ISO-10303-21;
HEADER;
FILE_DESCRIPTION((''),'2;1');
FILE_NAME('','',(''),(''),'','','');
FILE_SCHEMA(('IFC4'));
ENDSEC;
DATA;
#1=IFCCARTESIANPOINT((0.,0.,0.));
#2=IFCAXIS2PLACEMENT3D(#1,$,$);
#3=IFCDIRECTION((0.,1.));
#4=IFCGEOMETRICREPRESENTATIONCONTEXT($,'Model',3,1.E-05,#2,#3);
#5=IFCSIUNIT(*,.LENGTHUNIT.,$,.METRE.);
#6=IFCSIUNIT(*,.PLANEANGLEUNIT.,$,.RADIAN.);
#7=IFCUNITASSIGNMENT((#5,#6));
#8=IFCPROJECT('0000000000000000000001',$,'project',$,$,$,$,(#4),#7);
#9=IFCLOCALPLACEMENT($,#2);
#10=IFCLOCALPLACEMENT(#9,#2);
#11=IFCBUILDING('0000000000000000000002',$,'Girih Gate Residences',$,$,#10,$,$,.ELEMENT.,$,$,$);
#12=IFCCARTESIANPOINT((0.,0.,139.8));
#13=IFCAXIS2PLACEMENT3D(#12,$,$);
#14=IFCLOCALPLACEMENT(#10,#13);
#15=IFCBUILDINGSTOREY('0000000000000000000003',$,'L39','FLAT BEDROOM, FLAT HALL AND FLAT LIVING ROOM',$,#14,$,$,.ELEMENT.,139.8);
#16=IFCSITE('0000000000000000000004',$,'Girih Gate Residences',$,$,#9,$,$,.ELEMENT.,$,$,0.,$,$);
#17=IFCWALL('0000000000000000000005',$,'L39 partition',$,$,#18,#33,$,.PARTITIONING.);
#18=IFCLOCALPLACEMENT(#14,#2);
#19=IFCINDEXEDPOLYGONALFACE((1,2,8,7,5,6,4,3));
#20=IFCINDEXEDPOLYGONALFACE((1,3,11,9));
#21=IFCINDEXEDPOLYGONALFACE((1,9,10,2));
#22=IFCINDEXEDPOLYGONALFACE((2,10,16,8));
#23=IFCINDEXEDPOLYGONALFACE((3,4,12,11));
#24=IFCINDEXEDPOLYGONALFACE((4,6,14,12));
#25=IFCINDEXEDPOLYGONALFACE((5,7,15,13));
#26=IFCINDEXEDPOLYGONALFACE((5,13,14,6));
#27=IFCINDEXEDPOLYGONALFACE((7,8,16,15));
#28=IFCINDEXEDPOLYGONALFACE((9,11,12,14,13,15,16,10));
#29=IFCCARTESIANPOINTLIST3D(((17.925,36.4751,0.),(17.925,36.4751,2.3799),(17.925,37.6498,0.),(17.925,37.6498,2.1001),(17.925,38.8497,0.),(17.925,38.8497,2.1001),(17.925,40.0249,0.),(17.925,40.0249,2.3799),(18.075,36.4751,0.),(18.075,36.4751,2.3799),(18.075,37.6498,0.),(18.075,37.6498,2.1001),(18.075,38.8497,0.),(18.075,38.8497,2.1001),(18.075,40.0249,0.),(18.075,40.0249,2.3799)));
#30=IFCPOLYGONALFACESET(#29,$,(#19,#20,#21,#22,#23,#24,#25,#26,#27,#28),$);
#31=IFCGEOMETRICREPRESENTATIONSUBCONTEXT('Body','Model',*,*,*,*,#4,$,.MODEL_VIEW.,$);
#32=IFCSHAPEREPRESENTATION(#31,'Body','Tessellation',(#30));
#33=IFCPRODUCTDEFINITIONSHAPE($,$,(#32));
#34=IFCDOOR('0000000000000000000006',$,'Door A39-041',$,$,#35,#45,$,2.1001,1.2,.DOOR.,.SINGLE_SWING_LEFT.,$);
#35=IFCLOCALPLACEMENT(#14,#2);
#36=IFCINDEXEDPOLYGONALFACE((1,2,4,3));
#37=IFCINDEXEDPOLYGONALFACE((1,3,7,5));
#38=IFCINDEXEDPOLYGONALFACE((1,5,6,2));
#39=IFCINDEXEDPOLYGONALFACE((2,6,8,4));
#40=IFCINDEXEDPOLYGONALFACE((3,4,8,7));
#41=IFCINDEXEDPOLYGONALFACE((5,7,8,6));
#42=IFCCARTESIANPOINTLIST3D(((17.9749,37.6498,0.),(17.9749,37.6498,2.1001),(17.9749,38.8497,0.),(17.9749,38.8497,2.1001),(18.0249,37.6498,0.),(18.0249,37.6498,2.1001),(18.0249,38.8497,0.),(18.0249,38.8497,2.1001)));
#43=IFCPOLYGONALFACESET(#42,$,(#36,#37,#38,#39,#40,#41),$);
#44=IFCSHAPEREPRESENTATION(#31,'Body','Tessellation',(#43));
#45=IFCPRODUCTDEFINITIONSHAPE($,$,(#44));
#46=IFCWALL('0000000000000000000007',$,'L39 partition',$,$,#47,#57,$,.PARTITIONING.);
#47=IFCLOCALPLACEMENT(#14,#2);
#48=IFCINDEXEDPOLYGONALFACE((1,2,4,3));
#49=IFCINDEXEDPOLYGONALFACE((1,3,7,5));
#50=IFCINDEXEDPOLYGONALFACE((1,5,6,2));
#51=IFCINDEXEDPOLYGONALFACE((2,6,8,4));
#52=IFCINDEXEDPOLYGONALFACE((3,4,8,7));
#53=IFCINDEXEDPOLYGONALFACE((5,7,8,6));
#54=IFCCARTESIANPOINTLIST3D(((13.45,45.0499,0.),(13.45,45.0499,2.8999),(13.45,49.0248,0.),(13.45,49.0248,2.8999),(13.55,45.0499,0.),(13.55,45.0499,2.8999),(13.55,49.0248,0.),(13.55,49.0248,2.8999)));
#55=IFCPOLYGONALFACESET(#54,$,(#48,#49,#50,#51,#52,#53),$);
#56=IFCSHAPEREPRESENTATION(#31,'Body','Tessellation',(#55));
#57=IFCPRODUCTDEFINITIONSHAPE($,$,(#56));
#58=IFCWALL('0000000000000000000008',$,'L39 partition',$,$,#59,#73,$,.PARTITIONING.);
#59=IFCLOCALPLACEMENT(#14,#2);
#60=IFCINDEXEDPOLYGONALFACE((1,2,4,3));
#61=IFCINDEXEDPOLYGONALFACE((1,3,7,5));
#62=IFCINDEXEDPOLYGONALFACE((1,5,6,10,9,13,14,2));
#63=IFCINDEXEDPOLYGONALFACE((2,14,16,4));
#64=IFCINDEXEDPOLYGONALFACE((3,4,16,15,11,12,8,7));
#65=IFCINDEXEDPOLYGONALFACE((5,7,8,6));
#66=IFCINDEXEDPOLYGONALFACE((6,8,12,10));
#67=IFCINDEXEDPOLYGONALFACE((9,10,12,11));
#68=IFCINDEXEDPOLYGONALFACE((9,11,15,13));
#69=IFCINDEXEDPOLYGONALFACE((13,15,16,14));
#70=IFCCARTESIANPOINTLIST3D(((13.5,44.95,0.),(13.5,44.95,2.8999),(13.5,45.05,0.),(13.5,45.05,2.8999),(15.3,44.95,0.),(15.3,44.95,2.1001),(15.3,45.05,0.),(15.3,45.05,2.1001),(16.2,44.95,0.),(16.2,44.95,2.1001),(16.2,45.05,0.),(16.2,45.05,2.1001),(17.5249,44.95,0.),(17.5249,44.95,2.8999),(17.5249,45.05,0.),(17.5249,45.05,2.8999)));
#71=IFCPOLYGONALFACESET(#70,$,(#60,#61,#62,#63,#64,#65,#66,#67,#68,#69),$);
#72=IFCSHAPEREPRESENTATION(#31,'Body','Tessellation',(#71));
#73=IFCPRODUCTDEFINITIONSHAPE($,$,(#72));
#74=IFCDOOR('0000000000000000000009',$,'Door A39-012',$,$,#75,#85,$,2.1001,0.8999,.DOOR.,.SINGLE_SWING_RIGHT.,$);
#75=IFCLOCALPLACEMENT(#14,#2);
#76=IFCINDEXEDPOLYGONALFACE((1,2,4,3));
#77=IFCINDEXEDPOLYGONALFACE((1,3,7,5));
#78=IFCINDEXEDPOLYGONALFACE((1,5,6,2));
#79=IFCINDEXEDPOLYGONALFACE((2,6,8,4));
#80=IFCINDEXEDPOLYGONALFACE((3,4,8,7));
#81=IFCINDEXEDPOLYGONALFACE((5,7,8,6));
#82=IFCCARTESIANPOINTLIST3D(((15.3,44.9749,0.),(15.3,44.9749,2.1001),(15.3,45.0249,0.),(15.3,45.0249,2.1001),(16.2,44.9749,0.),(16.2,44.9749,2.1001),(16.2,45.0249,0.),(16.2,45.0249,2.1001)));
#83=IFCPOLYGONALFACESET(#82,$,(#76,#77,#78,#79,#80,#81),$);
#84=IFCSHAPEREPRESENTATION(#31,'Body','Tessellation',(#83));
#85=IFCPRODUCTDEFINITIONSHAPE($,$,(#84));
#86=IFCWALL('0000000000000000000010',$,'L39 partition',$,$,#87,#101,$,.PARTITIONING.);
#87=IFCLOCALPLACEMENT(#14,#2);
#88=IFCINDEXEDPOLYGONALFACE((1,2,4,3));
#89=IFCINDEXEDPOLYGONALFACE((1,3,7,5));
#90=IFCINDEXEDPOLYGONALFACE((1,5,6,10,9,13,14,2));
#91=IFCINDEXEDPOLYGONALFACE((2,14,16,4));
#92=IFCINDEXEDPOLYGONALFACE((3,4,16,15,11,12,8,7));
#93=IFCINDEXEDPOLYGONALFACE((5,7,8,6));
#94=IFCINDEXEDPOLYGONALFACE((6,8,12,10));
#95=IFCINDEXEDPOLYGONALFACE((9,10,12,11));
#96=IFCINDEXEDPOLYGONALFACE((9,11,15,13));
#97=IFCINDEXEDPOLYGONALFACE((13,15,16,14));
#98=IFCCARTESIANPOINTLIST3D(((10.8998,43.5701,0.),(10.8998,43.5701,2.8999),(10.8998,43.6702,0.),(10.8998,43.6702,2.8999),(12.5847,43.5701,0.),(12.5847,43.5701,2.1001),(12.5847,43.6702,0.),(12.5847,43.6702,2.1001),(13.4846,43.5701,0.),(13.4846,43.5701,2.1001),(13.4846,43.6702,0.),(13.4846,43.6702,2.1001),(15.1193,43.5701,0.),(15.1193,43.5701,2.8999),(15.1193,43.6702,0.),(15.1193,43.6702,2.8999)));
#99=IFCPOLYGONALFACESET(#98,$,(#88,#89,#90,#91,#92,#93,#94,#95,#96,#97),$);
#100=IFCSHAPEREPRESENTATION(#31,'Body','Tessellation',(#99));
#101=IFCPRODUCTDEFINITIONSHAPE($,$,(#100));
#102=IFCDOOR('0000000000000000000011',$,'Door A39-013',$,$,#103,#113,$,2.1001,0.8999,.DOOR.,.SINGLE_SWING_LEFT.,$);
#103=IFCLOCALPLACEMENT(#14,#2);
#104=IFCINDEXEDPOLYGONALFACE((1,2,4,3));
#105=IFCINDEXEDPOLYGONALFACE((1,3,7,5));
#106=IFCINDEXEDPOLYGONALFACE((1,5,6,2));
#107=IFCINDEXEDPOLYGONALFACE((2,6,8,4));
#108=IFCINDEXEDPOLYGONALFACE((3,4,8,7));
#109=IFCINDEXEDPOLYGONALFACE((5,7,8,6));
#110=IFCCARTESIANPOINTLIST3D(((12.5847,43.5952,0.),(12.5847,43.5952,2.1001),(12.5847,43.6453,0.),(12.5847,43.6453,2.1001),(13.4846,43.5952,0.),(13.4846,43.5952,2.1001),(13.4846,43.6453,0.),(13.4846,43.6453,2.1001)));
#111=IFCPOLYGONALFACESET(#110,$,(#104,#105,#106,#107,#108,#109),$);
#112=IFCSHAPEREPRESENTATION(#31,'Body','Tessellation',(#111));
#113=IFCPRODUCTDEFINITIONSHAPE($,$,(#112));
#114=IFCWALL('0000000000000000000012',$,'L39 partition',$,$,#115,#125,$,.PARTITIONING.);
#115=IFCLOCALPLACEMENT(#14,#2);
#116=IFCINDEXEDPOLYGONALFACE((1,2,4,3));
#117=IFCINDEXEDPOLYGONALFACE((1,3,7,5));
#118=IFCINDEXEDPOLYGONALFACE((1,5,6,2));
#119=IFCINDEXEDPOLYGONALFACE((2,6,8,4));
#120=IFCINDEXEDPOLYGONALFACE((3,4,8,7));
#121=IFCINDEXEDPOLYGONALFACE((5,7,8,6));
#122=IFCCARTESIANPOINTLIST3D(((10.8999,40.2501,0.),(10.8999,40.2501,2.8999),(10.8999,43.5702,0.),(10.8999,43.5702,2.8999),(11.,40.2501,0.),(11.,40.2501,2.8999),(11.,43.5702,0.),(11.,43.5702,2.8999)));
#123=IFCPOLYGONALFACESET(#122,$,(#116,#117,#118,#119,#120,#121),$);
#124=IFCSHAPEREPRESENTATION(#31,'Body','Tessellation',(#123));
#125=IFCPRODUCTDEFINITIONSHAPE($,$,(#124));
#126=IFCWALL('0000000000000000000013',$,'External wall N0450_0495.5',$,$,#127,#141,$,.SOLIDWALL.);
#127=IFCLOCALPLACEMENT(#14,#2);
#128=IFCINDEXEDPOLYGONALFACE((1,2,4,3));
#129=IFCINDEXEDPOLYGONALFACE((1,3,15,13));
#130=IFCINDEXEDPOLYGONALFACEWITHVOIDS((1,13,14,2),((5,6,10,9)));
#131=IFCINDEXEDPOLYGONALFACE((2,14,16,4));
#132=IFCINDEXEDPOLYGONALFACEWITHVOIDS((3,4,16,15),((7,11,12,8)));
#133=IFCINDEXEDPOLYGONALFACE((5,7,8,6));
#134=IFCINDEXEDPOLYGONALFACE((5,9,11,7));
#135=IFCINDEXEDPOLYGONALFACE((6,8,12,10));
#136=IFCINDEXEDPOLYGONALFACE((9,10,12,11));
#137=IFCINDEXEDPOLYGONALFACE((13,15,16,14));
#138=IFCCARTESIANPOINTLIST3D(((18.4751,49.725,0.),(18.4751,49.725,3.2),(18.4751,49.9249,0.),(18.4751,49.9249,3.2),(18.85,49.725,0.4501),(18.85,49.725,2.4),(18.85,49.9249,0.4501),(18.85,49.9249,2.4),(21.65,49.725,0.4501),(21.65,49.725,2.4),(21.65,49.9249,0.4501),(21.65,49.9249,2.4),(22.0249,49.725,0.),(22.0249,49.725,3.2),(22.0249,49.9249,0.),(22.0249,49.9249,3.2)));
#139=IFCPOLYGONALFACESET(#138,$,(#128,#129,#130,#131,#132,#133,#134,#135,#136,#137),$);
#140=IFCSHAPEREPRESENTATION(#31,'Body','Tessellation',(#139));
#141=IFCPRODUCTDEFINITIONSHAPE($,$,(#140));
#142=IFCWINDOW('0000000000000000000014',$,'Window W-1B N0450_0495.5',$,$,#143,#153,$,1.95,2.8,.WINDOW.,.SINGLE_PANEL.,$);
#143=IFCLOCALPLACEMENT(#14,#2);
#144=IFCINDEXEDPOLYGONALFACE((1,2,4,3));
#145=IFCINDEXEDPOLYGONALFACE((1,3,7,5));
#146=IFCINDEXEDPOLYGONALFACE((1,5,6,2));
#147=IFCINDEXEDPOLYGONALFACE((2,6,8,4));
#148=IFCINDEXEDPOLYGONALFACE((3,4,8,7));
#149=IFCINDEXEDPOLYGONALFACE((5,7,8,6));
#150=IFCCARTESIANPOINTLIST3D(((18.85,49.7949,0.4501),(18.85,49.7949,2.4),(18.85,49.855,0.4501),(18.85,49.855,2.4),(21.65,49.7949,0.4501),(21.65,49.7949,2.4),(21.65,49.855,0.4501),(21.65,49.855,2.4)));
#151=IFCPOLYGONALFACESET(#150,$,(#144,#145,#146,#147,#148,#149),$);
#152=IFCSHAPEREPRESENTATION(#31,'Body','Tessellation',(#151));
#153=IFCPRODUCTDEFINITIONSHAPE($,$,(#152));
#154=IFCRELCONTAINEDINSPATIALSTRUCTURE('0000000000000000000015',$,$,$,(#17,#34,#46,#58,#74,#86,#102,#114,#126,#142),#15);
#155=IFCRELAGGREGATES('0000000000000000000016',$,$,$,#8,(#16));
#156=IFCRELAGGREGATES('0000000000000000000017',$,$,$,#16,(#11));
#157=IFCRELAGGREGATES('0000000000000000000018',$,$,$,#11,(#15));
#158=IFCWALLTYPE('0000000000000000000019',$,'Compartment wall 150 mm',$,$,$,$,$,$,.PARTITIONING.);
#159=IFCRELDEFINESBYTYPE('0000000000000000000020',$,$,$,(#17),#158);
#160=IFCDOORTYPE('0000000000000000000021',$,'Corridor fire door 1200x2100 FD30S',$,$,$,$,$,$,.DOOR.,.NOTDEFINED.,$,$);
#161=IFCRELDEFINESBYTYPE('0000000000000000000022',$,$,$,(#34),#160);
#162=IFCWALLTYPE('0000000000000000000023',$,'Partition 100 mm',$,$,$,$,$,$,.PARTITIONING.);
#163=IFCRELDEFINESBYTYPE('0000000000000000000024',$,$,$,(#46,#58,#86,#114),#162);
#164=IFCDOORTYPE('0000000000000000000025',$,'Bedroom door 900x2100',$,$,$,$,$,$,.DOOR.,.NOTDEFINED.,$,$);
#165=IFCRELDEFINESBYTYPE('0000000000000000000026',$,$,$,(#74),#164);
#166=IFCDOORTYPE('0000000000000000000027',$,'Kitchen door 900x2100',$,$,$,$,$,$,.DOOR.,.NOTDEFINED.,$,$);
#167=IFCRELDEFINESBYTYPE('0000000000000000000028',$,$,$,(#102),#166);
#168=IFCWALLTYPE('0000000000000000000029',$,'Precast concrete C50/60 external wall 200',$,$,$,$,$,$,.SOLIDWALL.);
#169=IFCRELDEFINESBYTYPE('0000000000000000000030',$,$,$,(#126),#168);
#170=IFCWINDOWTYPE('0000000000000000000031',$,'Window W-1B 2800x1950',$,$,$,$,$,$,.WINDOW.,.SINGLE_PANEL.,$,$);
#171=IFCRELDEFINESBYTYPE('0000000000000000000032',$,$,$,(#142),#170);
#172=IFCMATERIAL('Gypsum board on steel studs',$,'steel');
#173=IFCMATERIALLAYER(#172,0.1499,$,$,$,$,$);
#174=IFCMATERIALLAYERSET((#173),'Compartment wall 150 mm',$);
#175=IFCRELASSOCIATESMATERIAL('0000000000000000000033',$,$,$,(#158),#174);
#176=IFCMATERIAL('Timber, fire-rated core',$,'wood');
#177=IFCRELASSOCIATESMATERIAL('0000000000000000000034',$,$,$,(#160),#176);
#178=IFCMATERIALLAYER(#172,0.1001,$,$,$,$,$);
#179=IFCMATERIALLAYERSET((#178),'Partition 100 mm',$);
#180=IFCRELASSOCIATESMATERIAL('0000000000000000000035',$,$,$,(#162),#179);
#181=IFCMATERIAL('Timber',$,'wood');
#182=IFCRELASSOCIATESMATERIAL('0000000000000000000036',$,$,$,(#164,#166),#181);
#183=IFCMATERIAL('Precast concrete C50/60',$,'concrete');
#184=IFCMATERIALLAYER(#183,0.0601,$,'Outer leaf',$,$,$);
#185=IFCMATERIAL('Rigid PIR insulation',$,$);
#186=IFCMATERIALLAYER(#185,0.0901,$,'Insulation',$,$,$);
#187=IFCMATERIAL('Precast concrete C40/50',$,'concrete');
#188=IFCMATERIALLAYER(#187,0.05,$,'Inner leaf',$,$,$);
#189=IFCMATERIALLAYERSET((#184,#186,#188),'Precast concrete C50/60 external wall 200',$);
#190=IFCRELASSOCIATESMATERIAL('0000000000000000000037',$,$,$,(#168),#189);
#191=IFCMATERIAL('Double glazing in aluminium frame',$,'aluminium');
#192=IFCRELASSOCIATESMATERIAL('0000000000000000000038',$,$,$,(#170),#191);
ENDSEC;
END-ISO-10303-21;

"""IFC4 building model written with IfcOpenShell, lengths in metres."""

from ifc_helpers import new_model, si_unit, direction, frame, frame_2d, origin, place, context, subcontext, project, spatial, rectangle, extrude, material, layer, layer_set, type_object, element, fill, save


model = new_model("IFC4")

# Units and contexts
model_context = context("Model", 3, precision=1e-05, world=origin(), true_north=direction((0.0, 1.0)))
body_context = subcontext(model_context, "Body", "Model", "MODEL_VIEW")
ifc_project = project(units=[si_unit("LENGTHUNIT", "METRE"), si_unit("PLANEANGLEUNIT", "RADIAN")], contexts=[model_context])

# Site, building, storey
site_placement = place(None, origin())
site = spatial("IfcSite", under=ifc_project, at=site_placement, Name="Girih Gate Residences", CompositionType="ELEMENT", RefElevation=0.0)
building_placement = place(site_placement, origin())
building = spatial("IfcBuilding", under=site, at=building_placement, Name="Girih Gate Residences", CompositionType="ELEMENT")
storey_placement = place(building_placement, frame((0.0, 0.0, 139.8)))
storey = spatial("IfcBuildingStorey", under=building, at=storey_placement, Name="L39", Description="FLAT BEDROOM, FLAT HALL AND FLAT LIVING ROOM", CompositionType="ELEMENT", Elevation=139.8)

# Shared definitions
ifc_material_1 = material(Name="Gypsum board on steel studs", Category="steel")
ifc_layer_1 = layer(ifc_material_1, 0.1499)
ifc_layer_set_1 = layer_set([ifc_layer_1], Name="Compartment wall 150 mm")
wall_type_1 = type_object("IfcWallType", Name="Compartment wall 150 mm", PredefinedType="PARTITIONING", material=ifc_layer_set_1)

# Wall, opening, door
ifc_material_2 = material(Name="Timber, fire-rated core", Category="wood")
wall_1_placement = place(storey_placement, frame((18.0, 40.0249, 0.0), z_axis=(0.0, 0.0, 1.0), x_axis=(0.0, -1.0, 0.0)))
wall_1 = element("IfcWall", 1, at=wall_1_placement, inside=storey, type_object=wall_type_1, Name="L39 partition", PredefinedType="PARTITIONING", context=body_context, shape_type="SweptSolid", body=[
    extrude(rectangle(XDim=3.5498, YDim=0.1499, at=frame_2d((1.7749, 0.0))), origin(), (0.0, 0.0, 1.0), 2.3799),
])
opening_1_placement = place(wall_1_placement, frame((1.175, 0.0, 0.0)))
opening_1 = element("IfcOpeningElement", 2, at=opening_1_placement, cuts=wall_1, PredefinedType="OPENING", context=body_context, shape_type="SweptSolid", body=[
    extrude(rectangle(XDim=1.2, YDim=2.1001, at=frame_2d((0.6001, 1.05))), frame((0.0, 0.085, 0.0), z_axis=(0.0, -1.0, 0.0), x_axis=(1.0, 0.0, 0.0)), (0.0, 0.0, 1.0), 0.1699),
])
door_type_1 = type_object("IfcDoorType", Name="Corridor fire door 1200x2100 FD30S", OperationType="NOTDEFINED", PredefinedType="DOOR", material=ifc_material_2)
door_1_placement = place(opening_1_placement, origin())
door_1 = element("IfcDoor", 3, at=door_1_placement, inside=storey, type_object=door_type_1, Name="Door A39-041", OperationType="SINGLE_SWING_LEFT", OverallHeight=2.1001, OverallWidth=1.2, PredefinedType="DOOR", context=body_context, shape_type="SweptSolid", body=[
    extrude(rectangle(XDim=1.2, YDim=2.1001, at=frame_2d((0.6001, 1.05))), frame((0.0, 0.0249, 0.0), z_axis=(0.0, -1.0, 0.0), x_axis=(1.0, 0.0, 0.0)), (0.0, 0.0, 1.0), 0.05),
])
fill(opening_1, door_1)

# Wall
ifc_layer_2 = layer(ifc_material_1, 0.1001)
ifc_layer_set_2 = layer_set([ifc_layer_2], Name="Partition 100 mm")
wall_type_2 = type_object("IfcWallType", Name="Partition 100 mm", PredefinedType="PARTITIONING", material=ifc_layer_set_2)
wall_2_placement = place(storey_placement, frame((13.5, 45.05, 0.0), z_axis=(0.0, 0.0, 1.0), x_axis=(0.0, 1.0, 0.0)))
element("IfcWall", 4, at=wall_2_placement, inside=storey, type_object=wall_type_2, Name="L39 partition", PredefinedType="PARTITIONING", context=body_context, shape_type="SweptSolid", body=[
    extrude(rectangle(XDim=3.9749, YDim=0.1001, at=frame_2d((1.9873, 0.0))), origin(), (0.0, 0.0, 1.0), 2.8999),
])

# Walls, openings, doors
wall_3_placement = place(storey_placement, frame((13.5, 45.0, 0.0), z_axis=(0.0, 0.0, 1.0), x_axis=(1.0, 0.0, 0.0)))
wall_3 = element("IfcWall", 5, at=wall_3_placement, inside=storey, type_object=wall_type_2, Name="L39 partition", PredefinedType="PARTITIONING", context=body_context, shape_type="SweptSolid", body=[
    extrude(rectangle(XDim=4.0249, YDim=0.1001, at=frame_2d((2.0125, 0.0))), origin(), (0.0, 0.0, 1.0), 2.8999),
])
opening_2_placement = place(wall_3_placement, frame((1.8, 0.0, 0.0)))
opening_2 = element("IfcOpeningElement", 6, at=opening_2_placement, cuts=wall_3, PredefinedType="OPENING", context=body_context, shape_type="SweptSolid", body=[
    extrude(rectangle(XDim=0.8999, YDim=2.1001, at=frame_2d((0.45, 1.05))), frame((0.0, 0.0601, 0.0), z_axis=(0.0, -1.0, 0.0), x_axis=(1.0, 0.0, 0.0)), (0.0, 0.0, 1.0), 0.1201),
])
ifc_material_3 = material(Name="Timber", Category="wood")
door_type_2 = type_object("IfcDoorType", Name="Bedroom door 900x2100", OperationType="NOTDEFINED", PredefinedType="DOOR", material=ifc_material_3)
door_2_placement = place(opening_2_placement, origin())
door_2 = element("IfcDoor", 7, at=door_2_placement, inside=storey, type_object=door_type_2, Name="Door A39-012", OperationType="SINGLE_SWING_RIGHT", OverallHeight=2.1001, OverallWidth=0.8999, PredefinedType="DOOR", context=body_context, shape_type="SweptSolid", body=[
    extrude(rectangle(XDim=0.8999, YDim=2.1001, at=frame_2d((0.45, 1.05))), frame((0.0, 0.0249, 0.0), z_axis=(0.0, -1.0, 0.0), x_axis=(1.0, 0.0, 0.0)), (0.0, 0.0, 1.0), 0.05),
])
fill(opening_2, door_2)
wall_4_placement = place(storey_placement, frame((15.1194, 43.6201, 0.0), z_axis=(0.0, 0.0, 1.0), x_axis=(-1.0, 0.0, 0.0)))
wall_4 = element("IfcWall", 8, at=wall_4_placement, inside=storey, type_object=wall_type_2, Name="L39 partition", PredefinedType="PARTITIONING", context=body_context, shape_type="SweptSolid", body=[
    extrude(rectangle(XDim=4.2195, YDim=0.1001, at=frame_2d((2.1099, 0.0))), origin(), (0.0, 0.0, 1.0), 2.8999),
])
opening_3_placement = place(wall_4_placement, frame((1.6348, 0.0, 0.0)))
opening_3 = element("IfcOpeningElement", 9, at=opening_3_placement, cuts=wall_4, PredefinedType="OPENING", context=body_context, shape_type="SweptSolid", body=[
    extrude(rectangle(XDim=0.8999, YDim=2.1001, at=frame_2d((0.45, 1.05))), frame((0.0, 0.0601, 0.0), z_axis=(0.0, -1.0, 0.0), x_axis=(1.0, 0.0, 0.0)), (0.0, 0.0, 1.0), 0.1201),
])
door_type_3 = type_object("IfcDoorType", Name="Kitchen door 900x2100", OperationType="NOTDEFINED", PredefinedType="DOOR", material=ifc_material_3)
door_3_placement = place(opening_3_placement, origin())
door_3 = element("IfcDoor", 10, at=door_3_placement, inside=storey, type_object=door_type_3, Name="Door A39-013", OperationType="SINGLE_SWING_LEFT", OverallHeight=2.1001, OverallWidth=0.8999, PredefinedType="DOOR", context=body_context, shape_type="SweptSolid", body=[
    extrude(rectangle(XDim=0.8999, YDim=2.1001, at=frame_2d((0.45, 1.05))), frame((0.0, 0.0249, 0.0), z_axis=(0.0, -1.0, 0.0), x_axis=(1.0, 0.0, 0.0)), (0.0, 0.0, 1.0), 0.05),
])
fill(opening_3, door_3)

# Wall
wall_5_placement = place(storey_placement, frame((10.95, 40.25, 0.0), z_axis=(0.0, 0.0, 1.0), x_axis=(0.0, 1.0, 0.0)))
element("IfcWall", 11, at=wall_5_placement, inside=storey, type_object=wall_type_2, Name="L39 partition", PredefinedType="PARTITIONING", context=body_context, shape_type="SweptSolid", body=[
    extrude(rectangle(XDim=3.3201, YDim=0.1001, at=frame_2d((1.6602, 0.0))), origin(), (0.0, 0.0, 1.0), 2.8999),
])

# Wall, opening, window
ifc_material_4 = material(Name="Precast concrete C50/60", Category="concrete")
ifc_layer_3 = layer(ifc_material_4, 0.0601, Name="Outer leaf")
ifc_material_5 = material(Name="Rigid PIR insulation")
ifc_layer_4 = layer(ifc_material_5, 0.0901, Name="Insulation")
ifc_material_6 = material(Name="Precast concrete C40/50", Category="concrete")
ifc_layer_5 = layer(ifc_material_6, 0.05, Name="Inner leaf")
ifc_layer_set_3 = layer_set([ifc_layer_3, ifc_layer_4, ifc_layer_5], Name="Precast concrete C50/60 external wall 200")
wall_type_3 = type_object("IfcWallType", Name="Precast concrete C50/60 external wall 200", PredefinedType="SOLIDWALL", material=ifc_layer_set_3)
wall_6_placement = place(storey_placement, frame((18.4751, 49.825, 0.0), z_axis=(0.0, 0.0, 1.0), x_axis=(1.0, 0.0, 0.0)))
wall_6 = element("IfcWall", 12, at=wall_6_placement, inside=storey, type_object=wall_type_3, Name="External wall N0450_0495.5", PredefinedType="SOLIDWALL", context=body_context, shape_type="SweptSolid", body=[
    extrude(rectangle(XDim=3.5498, YDim=0.2, at=frame_2d((1.7749, 0.0))), origin(), (0.0, 0.0, 1.0), 3.2),
])
opening_4_placement = place(wall_6_placement, frame((0.375, 0.0, 0.45)))
opening_4 = element("IfcOpeningElement", 13, at=opening_4_placement, cuts=wall_6, PredefinedType="OPENING", context=body_context, shape_type="SweptSolid", body=[
    extrude(rectangle(XDim=2.8, YDim=1.95, at=frame_2d((1.3999, 0.9751))), frame((0.0, 0.1099, 0.0), z_axis=(0.0, -1.0, 0.0), x_axis=(1.0, 0.0, 0.0)), (0.0, 0.0, 1.0), 0.22),
])
ifc_material_7 = material(Name="Double glazing in aluminium frame", Category="aluminium")
window_type = type_object("IfcWindowType", Name="Window W-1B 2800x1950", PartitioningType="SINGLE_PANEL", PredefinedType="WINDOW", material=ifc_material_7)
window_1_placement = place(opening_4_placement, origin())
window_1 = element("IfcWindow", 14, at=window_1_placement, inside=storey, type_object=window_type, Name="Window W-1B N0450_0495.5", OverallHeight=1.95, OverallWidth=2.8, PartitioningType="SINGLE_PANEL", PredefinedType="WINDOW", context=body_context, shape_type="SweptSolid", body=[
    extrude(rectangle(XDim=2.8, YDim=1.95, at=frame_2d((1.3999, 0.9751))), frame((0.0, 0.03, 0.0), z_axis=(0.0, -1.0, 0.0), x_axis=(1.0, 0.0, 0.0)), (0.0, 0.0, 1.0), 0.0601),
])
fill(opening_4, window_1)

save(model, "model.ifc")
